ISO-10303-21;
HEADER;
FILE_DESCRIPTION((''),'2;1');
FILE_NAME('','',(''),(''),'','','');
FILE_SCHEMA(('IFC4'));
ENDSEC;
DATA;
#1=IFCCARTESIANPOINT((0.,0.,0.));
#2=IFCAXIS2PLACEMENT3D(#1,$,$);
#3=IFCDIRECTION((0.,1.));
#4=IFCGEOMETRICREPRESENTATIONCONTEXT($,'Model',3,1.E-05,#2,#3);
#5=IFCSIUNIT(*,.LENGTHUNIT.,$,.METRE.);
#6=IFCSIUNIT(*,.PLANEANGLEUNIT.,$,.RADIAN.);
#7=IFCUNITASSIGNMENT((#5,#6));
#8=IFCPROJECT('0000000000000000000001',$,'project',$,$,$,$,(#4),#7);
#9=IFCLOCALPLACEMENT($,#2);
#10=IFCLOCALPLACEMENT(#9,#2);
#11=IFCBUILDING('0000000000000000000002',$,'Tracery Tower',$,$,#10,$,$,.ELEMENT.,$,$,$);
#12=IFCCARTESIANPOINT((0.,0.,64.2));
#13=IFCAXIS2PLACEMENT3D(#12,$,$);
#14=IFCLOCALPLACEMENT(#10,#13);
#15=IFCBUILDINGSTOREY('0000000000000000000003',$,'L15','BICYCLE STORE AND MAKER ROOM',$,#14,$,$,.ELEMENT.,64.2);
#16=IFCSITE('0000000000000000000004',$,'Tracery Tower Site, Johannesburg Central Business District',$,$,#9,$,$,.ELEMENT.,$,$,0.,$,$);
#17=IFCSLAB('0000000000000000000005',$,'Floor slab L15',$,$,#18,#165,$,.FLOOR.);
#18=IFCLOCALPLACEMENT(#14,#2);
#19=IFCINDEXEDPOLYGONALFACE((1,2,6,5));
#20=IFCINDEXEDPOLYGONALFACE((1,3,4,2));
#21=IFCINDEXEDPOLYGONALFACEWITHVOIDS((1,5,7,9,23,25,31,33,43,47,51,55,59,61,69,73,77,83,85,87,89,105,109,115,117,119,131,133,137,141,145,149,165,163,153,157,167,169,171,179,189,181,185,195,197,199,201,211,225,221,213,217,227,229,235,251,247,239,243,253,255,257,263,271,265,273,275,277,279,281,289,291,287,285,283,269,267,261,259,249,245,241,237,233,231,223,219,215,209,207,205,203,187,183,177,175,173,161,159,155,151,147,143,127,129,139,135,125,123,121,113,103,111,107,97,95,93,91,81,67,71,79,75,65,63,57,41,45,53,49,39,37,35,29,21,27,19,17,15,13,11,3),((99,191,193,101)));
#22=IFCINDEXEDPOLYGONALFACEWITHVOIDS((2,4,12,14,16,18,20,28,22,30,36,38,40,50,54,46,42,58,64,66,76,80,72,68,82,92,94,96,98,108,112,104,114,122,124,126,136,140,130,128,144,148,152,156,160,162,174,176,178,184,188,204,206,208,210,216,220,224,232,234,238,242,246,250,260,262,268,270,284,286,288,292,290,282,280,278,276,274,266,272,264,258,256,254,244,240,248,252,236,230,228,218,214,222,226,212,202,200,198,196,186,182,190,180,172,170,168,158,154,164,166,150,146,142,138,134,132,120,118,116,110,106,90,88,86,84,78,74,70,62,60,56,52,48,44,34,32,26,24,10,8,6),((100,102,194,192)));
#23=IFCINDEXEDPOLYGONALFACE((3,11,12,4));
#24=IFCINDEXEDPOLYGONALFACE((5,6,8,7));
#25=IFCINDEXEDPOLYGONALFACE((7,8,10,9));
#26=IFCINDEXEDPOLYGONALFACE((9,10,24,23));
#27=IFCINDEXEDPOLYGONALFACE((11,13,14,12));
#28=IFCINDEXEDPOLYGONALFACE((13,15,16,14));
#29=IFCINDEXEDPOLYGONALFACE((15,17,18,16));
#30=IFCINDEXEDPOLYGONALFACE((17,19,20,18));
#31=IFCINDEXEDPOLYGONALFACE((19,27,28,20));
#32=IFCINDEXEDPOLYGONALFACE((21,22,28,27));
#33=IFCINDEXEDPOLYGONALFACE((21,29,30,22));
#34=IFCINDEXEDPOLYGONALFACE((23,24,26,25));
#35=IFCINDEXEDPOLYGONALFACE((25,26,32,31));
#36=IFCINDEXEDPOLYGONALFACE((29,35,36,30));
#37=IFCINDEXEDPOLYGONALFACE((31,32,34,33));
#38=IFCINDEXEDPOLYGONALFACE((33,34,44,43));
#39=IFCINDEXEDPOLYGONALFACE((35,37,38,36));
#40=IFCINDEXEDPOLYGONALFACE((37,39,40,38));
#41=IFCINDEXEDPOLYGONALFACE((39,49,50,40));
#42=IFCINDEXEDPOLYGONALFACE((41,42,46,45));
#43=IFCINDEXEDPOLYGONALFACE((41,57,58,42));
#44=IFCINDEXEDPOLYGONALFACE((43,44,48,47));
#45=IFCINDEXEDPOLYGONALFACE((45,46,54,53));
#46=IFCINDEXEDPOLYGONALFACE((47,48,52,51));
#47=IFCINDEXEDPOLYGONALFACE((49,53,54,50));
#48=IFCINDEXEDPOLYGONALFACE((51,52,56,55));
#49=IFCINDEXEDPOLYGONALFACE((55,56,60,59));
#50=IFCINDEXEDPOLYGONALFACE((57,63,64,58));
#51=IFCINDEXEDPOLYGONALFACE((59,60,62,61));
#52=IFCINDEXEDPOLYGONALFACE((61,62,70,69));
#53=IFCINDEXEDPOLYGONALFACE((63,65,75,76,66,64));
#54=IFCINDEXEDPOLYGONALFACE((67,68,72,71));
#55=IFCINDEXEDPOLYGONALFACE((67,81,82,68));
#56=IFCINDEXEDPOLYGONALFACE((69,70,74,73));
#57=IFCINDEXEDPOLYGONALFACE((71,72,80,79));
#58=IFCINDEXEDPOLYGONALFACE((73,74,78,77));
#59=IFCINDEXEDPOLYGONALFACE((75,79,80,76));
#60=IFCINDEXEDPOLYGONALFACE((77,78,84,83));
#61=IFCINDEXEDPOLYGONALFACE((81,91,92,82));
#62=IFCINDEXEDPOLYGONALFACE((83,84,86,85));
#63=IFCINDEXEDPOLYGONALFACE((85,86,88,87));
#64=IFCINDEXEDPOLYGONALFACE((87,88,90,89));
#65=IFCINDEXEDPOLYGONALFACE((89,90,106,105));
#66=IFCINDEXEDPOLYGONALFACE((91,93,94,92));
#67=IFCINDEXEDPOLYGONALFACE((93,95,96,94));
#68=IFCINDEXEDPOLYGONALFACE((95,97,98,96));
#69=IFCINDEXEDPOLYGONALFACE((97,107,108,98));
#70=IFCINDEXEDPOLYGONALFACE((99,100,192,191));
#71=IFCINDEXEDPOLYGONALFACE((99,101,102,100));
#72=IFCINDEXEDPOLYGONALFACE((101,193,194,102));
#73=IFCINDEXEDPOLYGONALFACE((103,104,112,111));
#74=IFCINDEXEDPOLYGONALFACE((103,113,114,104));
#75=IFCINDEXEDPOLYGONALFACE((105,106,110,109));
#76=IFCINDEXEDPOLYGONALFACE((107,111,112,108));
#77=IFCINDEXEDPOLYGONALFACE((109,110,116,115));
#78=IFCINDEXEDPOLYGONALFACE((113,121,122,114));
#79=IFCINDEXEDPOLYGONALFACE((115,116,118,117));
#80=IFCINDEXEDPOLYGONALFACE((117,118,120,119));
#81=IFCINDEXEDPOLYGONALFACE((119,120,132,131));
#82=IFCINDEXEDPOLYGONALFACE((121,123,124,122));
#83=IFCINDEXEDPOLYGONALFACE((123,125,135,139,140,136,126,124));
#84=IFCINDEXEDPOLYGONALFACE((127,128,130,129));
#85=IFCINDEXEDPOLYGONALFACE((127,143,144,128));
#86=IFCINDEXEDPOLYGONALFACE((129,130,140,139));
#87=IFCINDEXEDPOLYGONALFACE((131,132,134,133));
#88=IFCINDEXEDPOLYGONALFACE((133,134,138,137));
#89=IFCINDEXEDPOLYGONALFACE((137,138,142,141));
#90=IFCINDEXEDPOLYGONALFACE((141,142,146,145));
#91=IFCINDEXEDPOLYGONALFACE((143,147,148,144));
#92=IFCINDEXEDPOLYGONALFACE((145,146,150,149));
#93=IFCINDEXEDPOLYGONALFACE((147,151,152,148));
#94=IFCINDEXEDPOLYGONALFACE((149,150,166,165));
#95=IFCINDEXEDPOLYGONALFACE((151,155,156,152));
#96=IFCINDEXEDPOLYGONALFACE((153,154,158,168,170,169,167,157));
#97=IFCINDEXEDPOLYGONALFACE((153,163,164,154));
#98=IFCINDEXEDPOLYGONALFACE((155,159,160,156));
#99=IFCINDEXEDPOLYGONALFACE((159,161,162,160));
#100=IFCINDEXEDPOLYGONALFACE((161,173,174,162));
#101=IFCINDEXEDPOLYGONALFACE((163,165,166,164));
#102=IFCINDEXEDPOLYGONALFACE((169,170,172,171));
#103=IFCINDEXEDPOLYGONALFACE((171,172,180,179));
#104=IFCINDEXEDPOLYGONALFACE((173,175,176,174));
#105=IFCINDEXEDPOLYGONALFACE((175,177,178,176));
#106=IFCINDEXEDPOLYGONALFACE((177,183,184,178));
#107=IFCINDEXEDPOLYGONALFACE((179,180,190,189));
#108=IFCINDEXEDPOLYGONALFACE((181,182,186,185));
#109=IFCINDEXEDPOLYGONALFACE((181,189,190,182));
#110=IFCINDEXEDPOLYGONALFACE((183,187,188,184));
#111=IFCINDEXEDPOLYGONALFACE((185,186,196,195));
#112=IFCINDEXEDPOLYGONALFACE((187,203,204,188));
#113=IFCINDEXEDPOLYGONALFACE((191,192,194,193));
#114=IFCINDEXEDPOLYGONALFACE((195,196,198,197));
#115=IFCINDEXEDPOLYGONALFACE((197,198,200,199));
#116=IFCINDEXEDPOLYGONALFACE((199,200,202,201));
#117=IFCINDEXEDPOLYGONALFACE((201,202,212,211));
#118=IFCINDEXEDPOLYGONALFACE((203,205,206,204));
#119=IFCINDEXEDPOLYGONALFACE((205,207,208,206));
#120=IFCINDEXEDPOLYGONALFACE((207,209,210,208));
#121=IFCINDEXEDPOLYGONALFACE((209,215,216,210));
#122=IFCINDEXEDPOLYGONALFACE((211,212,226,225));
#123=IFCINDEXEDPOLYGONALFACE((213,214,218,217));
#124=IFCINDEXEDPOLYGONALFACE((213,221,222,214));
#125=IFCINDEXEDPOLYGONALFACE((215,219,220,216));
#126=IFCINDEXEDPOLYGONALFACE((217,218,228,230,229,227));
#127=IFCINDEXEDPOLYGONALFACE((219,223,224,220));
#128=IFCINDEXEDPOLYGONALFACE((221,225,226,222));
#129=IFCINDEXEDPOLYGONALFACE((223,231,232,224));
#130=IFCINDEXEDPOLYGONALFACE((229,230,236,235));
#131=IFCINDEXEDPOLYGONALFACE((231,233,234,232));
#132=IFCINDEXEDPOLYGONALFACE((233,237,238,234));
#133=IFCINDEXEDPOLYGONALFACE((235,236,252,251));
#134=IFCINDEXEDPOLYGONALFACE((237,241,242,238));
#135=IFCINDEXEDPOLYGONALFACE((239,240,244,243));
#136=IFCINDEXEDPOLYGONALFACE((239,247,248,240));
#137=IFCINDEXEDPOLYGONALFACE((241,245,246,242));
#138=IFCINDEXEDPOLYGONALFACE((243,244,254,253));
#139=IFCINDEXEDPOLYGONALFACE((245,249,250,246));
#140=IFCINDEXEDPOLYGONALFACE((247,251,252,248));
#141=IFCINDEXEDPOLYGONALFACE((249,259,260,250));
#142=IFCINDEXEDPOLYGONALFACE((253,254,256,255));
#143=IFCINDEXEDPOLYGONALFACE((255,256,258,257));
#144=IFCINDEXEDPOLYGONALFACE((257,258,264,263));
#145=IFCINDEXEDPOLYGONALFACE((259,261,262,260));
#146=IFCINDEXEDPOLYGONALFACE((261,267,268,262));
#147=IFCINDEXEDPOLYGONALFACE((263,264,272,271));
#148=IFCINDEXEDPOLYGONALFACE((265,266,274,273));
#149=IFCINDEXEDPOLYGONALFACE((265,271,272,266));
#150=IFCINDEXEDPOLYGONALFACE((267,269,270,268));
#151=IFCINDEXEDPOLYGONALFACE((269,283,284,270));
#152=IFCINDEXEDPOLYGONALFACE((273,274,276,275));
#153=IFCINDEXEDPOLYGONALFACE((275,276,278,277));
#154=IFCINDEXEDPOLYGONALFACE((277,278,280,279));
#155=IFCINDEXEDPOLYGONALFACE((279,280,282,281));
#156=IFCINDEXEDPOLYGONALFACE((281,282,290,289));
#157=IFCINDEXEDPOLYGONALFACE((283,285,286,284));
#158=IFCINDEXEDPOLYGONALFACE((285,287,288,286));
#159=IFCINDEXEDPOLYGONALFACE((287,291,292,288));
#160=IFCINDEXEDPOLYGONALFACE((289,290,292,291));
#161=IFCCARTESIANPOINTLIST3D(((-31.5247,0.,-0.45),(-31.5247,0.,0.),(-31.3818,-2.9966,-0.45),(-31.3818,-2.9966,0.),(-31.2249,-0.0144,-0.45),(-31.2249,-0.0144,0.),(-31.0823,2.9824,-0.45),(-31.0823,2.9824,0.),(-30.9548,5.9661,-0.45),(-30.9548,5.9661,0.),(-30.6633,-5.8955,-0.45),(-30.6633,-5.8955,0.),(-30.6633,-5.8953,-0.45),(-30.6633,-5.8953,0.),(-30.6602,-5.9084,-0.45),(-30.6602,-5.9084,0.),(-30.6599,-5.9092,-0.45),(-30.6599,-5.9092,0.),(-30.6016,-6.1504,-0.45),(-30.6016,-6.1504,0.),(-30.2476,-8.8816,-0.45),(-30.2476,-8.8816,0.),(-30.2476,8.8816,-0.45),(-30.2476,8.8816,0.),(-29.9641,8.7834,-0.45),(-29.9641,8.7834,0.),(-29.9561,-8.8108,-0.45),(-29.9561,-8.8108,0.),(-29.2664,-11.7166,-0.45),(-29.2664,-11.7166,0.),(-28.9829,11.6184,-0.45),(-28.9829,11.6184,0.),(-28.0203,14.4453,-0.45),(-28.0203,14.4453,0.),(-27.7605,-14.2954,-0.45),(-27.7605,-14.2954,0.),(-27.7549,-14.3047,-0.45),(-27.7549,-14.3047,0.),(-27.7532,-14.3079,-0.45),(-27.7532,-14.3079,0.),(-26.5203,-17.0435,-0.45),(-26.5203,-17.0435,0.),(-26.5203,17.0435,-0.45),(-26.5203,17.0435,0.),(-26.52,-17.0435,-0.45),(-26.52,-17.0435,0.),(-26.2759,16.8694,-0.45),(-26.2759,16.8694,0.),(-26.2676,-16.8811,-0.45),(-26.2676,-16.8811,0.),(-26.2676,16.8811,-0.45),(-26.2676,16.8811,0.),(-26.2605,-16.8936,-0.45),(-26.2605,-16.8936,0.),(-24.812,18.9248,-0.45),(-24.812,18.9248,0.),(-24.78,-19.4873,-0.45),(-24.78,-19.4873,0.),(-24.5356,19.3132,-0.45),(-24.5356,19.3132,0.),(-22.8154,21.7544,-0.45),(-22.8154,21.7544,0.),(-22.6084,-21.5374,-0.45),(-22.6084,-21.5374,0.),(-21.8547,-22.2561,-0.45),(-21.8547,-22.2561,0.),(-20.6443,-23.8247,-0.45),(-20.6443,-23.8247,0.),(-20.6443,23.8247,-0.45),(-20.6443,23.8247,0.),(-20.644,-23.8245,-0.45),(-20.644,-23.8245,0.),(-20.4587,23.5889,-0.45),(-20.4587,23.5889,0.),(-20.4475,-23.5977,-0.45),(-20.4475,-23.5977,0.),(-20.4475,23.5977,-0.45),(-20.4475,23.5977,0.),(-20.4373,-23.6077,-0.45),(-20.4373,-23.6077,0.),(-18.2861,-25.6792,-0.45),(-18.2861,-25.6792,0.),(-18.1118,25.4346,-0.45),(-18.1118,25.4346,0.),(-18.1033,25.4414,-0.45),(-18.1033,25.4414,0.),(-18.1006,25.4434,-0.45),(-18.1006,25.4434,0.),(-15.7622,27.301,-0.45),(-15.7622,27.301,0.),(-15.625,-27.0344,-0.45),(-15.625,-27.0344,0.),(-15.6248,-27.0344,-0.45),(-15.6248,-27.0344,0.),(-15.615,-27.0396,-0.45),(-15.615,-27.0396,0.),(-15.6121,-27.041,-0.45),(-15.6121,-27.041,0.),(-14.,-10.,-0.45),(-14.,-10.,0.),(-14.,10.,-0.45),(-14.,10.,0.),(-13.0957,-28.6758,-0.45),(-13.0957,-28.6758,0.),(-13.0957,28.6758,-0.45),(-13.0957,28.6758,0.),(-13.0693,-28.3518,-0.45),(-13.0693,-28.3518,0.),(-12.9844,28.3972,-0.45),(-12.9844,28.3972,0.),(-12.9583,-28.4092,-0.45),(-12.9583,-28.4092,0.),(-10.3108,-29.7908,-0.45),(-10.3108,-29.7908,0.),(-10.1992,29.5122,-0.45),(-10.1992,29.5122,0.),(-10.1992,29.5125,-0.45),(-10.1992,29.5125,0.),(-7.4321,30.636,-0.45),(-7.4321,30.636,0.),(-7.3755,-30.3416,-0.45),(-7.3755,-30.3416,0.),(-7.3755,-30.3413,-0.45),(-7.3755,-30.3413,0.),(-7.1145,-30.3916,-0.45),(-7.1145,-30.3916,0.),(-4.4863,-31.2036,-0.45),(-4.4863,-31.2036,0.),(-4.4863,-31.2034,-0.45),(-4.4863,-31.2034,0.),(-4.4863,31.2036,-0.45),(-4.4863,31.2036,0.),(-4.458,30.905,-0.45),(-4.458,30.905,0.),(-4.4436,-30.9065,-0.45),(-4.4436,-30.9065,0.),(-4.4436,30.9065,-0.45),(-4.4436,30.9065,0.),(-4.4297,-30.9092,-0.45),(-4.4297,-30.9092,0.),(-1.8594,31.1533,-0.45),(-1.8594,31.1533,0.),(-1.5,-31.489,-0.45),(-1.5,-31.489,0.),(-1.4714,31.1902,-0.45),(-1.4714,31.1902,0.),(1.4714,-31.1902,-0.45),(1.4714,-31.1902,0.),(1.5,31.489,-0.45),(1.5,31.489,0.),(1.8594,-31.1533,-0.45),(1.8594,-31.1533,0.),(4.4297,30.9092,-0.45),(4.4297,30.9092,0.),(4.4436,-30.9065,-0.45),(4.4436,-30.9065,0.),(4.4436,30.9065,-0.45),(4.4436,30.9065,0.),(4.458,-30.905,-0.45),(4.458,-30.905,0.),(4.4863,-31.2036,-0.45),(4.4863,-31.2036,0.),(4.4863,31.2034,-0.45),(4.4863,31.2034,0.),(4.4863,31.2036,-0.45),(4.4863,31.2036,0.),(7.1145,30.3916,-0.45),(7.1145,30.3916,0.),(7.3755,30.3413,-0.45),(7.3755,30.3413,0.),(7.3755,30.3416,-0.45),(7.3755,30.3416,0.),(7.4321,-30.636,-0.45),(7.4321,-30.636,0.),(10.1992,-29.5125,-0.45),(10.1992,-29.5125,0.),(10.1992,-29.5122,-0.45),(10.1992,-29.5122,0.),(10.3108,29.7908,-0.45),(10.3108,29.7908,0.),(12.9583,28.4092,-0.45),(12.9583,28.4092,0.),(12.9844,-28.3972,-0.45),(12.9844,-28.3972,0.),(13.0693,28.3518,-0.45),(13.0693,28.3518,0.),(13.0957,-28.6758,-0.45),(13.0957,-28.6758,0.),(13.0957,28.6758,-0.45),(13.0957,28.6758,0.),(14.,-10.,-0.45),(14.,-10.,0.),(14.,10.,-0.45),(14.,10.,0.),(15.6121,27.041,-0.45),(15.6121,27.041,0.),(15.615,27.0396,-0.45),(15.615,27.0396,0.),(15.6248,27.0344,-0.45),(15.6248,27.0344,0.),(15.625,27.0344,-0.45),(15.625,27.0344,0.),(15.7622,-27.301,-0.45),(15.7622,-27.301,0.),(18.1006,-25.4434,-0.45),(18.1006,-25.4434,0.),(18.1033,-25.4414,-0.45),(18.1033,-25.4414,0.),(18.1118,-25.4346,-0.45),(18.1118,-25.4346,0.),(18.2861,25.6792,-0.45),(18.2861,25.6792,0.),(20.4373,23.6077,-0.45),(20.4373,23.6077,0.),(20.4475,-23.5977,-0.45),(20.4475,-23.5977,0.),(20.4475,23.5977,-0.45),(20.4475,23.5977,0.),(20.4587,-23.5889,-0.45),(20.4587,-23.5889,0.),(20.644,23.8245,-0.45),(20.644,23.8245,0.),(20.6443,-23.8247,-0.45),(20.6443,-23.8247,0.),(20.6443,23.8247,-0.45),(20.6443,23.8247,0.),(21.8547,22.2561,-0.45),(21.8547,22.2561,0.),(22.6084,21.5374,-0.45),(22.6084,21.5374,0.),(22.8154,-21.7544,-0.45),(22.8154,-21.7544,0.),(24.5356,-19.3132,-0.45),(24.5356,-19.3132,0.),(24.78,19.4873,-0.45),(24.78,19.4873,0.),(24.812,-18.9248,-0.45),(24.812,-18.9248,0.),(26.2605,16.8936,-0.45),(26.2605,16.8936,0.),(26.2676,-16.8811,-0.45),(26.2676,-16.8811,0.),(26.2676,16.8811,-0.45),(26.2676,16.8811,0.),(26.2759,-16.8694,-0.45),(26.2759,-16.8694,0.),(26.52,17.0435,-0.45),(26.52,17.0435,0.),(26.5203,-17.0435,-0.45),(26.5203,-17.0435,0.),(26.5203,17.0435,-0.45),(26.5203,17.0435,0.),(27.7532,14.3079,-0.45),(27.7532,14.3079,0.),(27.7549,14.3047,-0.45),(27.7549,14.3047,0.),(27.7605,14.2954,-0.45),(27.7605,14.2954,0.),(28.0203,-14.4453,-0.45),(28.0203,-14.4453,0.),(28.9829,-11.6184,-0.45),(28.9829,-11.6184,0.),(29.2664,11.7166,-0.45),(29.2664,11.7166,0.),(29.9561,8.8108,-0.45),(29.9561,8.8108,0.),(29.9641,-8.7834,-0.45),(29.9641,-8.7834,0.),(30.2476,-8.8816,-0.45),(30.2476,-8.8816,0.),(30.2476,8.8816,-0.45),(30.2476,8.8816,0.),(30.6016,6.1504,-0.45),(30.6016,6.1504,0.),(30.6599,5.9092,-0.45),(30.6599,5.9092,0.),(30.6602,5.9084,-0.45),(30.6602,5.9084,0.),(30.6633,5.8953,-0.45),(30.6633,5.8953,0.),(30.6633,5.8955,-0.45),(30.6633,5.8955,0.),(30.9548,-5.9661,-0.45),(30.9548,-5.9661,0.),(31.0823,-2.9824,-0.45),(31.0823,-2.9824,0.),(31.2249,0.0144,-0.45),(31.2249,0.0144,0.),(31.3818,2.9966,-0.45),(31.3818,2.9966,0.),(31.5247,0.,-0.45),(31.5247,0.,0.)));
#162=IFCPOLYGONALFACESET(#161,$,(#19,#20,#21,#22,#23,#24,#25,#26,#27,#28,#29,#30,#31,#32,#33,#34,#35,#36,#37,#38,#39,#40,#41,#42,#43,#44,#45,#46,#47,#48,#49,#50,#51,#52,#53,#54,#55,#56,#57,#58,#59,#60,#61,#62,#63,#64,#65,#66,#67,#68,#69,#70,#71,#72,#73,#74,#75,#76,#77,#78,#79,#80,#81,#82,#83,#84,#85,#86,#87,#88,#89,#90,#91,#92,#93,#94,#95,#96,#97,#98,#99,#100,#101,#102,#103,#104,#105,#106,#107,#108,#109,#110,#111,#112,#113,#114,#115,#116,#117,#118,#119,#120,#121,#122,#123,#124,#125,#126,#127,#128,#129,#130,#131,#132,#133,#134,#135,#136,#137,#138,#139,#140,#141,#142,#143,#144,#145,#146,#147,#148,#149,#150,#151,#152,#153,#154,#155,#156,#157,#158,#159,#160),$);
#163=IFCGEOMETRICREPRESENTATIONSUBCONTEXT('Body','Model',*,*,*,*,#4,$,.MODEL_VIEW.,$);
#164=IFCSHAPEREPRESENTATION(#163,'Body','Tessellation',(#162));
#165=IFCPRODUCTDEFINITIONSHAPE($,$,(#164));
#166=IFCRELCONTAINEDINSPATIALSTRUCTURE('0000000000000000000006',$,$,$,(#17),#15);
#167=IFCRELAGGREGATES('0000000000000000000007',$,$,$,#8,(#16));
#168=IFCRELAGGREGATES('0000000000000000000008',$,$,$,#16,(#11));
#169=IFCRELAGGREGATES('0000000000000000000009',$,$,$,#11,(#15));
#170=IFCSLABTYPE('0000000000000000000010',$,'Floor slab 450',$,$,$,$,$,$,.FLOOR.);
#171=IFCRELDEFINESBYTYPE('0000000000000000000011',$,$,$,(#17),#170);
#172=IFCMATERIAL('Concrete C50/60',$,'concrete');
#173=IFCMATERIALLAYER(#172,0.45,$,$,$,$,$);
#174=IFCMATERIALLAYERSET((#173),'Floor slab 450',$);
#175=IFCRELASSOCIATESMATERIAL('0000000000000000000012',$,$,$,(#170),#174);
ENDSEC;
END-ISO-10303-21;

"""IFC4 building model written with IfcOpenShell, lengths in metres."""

from ifc_helpers import new_model, si_unit, direction, frame, origin, place, context, subcontext, project, spatial, polyline, outline, extrude, material, layer, layer_set, type_object, element, save


model = new_model("IFC4")

# Units and contexts
model_context = context("Model", 3, precision=1e-05, world=origin(), true_north=direction((0.0, 1.0)))
body_context = subcontext(model_context, "Body", "Model", "MODEL_VIEW")
ifc_project = project(units=[si_unit("LENGTHUNIT", "METRE"), si_unit("PLANEANGLEUNIT", "RADIAN")], contexts=[model_context])

# Site, building, storey
site_placement = place(None, origin())
site = spatial("IfcSite", under=ifc_project, at=site_placement, Name="Tracery Tower Site, Johannesburg Central Business District", CompositionType="ELEMENT", RefElevation=0.0)
building_placement = place(site_placement, origin())
building = spatial("IfcBuilding", under=site, at=building_placement, Name="Tracery Tower", CompositionType="ELEMENT")
storey_placement = place(building_placement, frame((0.0, 0.0, 64.2)))
storey = spatial("IfcBuildingStorey", under=building, at=storey_placement, Name="L15", Description="BICYCLE STORE AND MAKER ROOM", CompositionType="ELEMENT", Elevation=64.2)

# Slab
ifc_material_1 = material(Name="Concrete C50/60", Category="concrete")
ifc_layer_1 = layer(ifc_material_1, 0.45)
ifc_layer_set_1 = layer_set([ifc_layer_1], Name="Floor slab 450")
slab_type_1 = type_object("IfcSlabType", Name="Floor slab 450", PredefinedType="FLOOR", material=ifc_layer_set_1)
slab_1_placement = place(storey_placement, frame((0.0, 0.0, -0.45)))
element("IfcSlab", 1, at=slab_1_placement, inside=storey, type_object=slab_type_1, Name="Floor slab L15", PredefinedType="FLOOR", context=body_context, shape_type="SweptSolid", body=[
    extrude(outline(polyline([(30.6633, 5.8955), (30.6633, 5.8953), (30.6602, 5.9084), (30.6599, 5.9092), (30.6016, 6.1504), (29.9561, 8.8108), (30.2476, 8.8816), (30.2476, 8.8816), (29.2664, 11.7166), (27.7605, 14.2954), (27.7605, 14.2954), (27.7549, 14.3047), (27.7532, 14.3079), (26.2676, 16.8811), (26.2676, 16.8811), (26.2605, 16.8936), (26.52, 17.0435), (26.5203, 17.0435), (24.78, 19.4873), (22.6084, 21.5374), (22.6084, 21.5374), (21.8547, 22.2561), (20.4475, 23.5977), (20.4475, 23.5977), (20.4373, 23.6077), (20.644, 23.8245), (20.6443, 23.8247), (18.2861, 25.6792), (15.625, 27.0344), (15.6248, 27.0344), (15.615, 27.0396), (15.6121, 27.041), (13.0693, 28.3518), (12.9583, 28.4092), (13.0957, 28.6758), (10.3108, 29.7908), (7.3755, 30.3416), (7.3755, 30.3413), (7.1145, 30.3916), (4.4436, 30.9065), (4.4436, 30.9065), (4.4297, 30.9092), (4.4863, 31.2034), (4.4863, 31.2036), (1.5, 31.489), (-1.4714, 31.1902), (-1.4714, 31.1902), (-1.8594, 31.1533), (-4.4436, 30.9065), (-4.4436, 30.9065), (-4.458, 30.905), (-4.4863, 31.2036), (-7.4321, 30.636), (-10.1992, 29.5125), (-10.1992, 29.5122), (-12.9844, 28.3972), (-13.0957, 28.6758), (-13.0957, 28.6758), (-15.7622, 27.301), (-18.1006, 25.4434), (-18.1006, 25.4434), (-18.1033, 25.4414), (-18.1118, 25.4346), (-20.4475, 23.5977), (-20.4475, 23.5977), (-20.4587, 23.5889), (-20.6443, 23.8247), (-22.8154, 21.7544), (-24.5356, 19.3132), (-24.5356, 19.3132), (-24.812, 18.9248), (-26.2676, 16.8811), (-26.2676, 16.8811), (-26.2759, 16.8694), (-26.5203, 17.0435), (-28.0203, 14.4453), (-28.9829, 11.6184), (-28.9829, 11.6184), (-29.9641, 8.7834), (-30.2476, 8.8816), (-30.9548, 5.9661), (-31.0823, 2.9824), (-31.0823, 2.9824), (-31.2249, -0.0144), (-31.5247, 0.0), (-31.5247, 0.0), (-31.3818, -2.9966), (-30.6633, -5.8955), (-30.6633, -5.8953), (-30.6602, -5.9084), (-30.6599, -5.9092), (-30.6016, -6.1504), (-29.9561, -8.8108), (-30.2476, -8.8816), (-30.2476, -8.8816), (-29.2664, -11.7166), (-27.7605, -14.2954), (-27.7605, -14.2954), (-27.7549, -14.3047), (-27.7532, -14.3079), (-26.2676, -16.8811), (-26.2676, -16.8811), (-26.2605, -16.8936), (-26.52, -17.0435), (-26.5203, -17.0435), (-24.78, -19.4873), (-22.6084, -21.5374), (-22.6084, -21.5374), (-21.8547, -22.2561), (-20.4475, -23.5977), (-20.4475, -23.5977), (-20.4373, -23.6077), (-20.644, -23.8245), (-20.6443, -23.8247), (-18.2861, -25.6792), (-15.625, -27.0344), (-15.6248, -27.0344), (-15.615, -27.0396), (-15.6121, -27.041), (-13.0693, -28.3518), (-12.9583, -28.4092), (-13.0957, -28.6758), (-10.3108, -29.7908), (-7.3755, -30.3416), (-7.3755, -30.3413), (-7.1145, -30.3916), (-4.4436, -30.9065), (-4.4436, -30.9065), (-4.4297, -30.9092), (-4.4863, -31.2034), (-4.4863, -31.2036), (-1.5, -31.489), (1.4714, -31.1902), (1.4714, -31.1902), (1.8594, -31.1533), (4.4436, -30.9065), (4.4436, -30.9065), (4.458, -30.905), (4.4863, -31.2036), (7.4321, -30.636), (10.1992, -29.5125), (10.1992, -29.5122), (12.9844, -28.3972), (13.0957, -28.6758), (13.0957, -28.6758), (15.7622, -27.301), (18.1006, -25.4434), (18.1006, -25.4434), (18.1033, -25.4414), (18.1118, -25.4346), (20.4475, -23.5977), (20.4475, -23.5977), (20.4587, -23.5889), (20.6443, -23.8247), (22.8154, -21.7544), (24.5356, -19.3132), (24.5356, -19.3132), (24.812, -18.9248), (26.2676, -16.8811), (26.2676, -16.8811), (26.2759, -16.8694), (26.5203, -17.0435), (28.0203, -14.4453), (28.9829, -11.6184), (28.9829, -11.6184), (29.9641, -8.7834), (30.2476, -8.8816), (30.9548, -5.9661), (31.0823, -2.9824), (31.0823, -2.9824), (31.2249, 0.0144), (31.5247, 0.0), (31.3818, 2.9966), (30.6633, 5.8955)]), holes=[polyline([(-14.0, -10.0), (14.0, -10.0), (14.0, 10.0), (-14.0, 10.0), (-14.0, -10.0)])]), origin(), (0.0, 0.0, 1.0), 0.45),
])

save(model, "model.ifc")
